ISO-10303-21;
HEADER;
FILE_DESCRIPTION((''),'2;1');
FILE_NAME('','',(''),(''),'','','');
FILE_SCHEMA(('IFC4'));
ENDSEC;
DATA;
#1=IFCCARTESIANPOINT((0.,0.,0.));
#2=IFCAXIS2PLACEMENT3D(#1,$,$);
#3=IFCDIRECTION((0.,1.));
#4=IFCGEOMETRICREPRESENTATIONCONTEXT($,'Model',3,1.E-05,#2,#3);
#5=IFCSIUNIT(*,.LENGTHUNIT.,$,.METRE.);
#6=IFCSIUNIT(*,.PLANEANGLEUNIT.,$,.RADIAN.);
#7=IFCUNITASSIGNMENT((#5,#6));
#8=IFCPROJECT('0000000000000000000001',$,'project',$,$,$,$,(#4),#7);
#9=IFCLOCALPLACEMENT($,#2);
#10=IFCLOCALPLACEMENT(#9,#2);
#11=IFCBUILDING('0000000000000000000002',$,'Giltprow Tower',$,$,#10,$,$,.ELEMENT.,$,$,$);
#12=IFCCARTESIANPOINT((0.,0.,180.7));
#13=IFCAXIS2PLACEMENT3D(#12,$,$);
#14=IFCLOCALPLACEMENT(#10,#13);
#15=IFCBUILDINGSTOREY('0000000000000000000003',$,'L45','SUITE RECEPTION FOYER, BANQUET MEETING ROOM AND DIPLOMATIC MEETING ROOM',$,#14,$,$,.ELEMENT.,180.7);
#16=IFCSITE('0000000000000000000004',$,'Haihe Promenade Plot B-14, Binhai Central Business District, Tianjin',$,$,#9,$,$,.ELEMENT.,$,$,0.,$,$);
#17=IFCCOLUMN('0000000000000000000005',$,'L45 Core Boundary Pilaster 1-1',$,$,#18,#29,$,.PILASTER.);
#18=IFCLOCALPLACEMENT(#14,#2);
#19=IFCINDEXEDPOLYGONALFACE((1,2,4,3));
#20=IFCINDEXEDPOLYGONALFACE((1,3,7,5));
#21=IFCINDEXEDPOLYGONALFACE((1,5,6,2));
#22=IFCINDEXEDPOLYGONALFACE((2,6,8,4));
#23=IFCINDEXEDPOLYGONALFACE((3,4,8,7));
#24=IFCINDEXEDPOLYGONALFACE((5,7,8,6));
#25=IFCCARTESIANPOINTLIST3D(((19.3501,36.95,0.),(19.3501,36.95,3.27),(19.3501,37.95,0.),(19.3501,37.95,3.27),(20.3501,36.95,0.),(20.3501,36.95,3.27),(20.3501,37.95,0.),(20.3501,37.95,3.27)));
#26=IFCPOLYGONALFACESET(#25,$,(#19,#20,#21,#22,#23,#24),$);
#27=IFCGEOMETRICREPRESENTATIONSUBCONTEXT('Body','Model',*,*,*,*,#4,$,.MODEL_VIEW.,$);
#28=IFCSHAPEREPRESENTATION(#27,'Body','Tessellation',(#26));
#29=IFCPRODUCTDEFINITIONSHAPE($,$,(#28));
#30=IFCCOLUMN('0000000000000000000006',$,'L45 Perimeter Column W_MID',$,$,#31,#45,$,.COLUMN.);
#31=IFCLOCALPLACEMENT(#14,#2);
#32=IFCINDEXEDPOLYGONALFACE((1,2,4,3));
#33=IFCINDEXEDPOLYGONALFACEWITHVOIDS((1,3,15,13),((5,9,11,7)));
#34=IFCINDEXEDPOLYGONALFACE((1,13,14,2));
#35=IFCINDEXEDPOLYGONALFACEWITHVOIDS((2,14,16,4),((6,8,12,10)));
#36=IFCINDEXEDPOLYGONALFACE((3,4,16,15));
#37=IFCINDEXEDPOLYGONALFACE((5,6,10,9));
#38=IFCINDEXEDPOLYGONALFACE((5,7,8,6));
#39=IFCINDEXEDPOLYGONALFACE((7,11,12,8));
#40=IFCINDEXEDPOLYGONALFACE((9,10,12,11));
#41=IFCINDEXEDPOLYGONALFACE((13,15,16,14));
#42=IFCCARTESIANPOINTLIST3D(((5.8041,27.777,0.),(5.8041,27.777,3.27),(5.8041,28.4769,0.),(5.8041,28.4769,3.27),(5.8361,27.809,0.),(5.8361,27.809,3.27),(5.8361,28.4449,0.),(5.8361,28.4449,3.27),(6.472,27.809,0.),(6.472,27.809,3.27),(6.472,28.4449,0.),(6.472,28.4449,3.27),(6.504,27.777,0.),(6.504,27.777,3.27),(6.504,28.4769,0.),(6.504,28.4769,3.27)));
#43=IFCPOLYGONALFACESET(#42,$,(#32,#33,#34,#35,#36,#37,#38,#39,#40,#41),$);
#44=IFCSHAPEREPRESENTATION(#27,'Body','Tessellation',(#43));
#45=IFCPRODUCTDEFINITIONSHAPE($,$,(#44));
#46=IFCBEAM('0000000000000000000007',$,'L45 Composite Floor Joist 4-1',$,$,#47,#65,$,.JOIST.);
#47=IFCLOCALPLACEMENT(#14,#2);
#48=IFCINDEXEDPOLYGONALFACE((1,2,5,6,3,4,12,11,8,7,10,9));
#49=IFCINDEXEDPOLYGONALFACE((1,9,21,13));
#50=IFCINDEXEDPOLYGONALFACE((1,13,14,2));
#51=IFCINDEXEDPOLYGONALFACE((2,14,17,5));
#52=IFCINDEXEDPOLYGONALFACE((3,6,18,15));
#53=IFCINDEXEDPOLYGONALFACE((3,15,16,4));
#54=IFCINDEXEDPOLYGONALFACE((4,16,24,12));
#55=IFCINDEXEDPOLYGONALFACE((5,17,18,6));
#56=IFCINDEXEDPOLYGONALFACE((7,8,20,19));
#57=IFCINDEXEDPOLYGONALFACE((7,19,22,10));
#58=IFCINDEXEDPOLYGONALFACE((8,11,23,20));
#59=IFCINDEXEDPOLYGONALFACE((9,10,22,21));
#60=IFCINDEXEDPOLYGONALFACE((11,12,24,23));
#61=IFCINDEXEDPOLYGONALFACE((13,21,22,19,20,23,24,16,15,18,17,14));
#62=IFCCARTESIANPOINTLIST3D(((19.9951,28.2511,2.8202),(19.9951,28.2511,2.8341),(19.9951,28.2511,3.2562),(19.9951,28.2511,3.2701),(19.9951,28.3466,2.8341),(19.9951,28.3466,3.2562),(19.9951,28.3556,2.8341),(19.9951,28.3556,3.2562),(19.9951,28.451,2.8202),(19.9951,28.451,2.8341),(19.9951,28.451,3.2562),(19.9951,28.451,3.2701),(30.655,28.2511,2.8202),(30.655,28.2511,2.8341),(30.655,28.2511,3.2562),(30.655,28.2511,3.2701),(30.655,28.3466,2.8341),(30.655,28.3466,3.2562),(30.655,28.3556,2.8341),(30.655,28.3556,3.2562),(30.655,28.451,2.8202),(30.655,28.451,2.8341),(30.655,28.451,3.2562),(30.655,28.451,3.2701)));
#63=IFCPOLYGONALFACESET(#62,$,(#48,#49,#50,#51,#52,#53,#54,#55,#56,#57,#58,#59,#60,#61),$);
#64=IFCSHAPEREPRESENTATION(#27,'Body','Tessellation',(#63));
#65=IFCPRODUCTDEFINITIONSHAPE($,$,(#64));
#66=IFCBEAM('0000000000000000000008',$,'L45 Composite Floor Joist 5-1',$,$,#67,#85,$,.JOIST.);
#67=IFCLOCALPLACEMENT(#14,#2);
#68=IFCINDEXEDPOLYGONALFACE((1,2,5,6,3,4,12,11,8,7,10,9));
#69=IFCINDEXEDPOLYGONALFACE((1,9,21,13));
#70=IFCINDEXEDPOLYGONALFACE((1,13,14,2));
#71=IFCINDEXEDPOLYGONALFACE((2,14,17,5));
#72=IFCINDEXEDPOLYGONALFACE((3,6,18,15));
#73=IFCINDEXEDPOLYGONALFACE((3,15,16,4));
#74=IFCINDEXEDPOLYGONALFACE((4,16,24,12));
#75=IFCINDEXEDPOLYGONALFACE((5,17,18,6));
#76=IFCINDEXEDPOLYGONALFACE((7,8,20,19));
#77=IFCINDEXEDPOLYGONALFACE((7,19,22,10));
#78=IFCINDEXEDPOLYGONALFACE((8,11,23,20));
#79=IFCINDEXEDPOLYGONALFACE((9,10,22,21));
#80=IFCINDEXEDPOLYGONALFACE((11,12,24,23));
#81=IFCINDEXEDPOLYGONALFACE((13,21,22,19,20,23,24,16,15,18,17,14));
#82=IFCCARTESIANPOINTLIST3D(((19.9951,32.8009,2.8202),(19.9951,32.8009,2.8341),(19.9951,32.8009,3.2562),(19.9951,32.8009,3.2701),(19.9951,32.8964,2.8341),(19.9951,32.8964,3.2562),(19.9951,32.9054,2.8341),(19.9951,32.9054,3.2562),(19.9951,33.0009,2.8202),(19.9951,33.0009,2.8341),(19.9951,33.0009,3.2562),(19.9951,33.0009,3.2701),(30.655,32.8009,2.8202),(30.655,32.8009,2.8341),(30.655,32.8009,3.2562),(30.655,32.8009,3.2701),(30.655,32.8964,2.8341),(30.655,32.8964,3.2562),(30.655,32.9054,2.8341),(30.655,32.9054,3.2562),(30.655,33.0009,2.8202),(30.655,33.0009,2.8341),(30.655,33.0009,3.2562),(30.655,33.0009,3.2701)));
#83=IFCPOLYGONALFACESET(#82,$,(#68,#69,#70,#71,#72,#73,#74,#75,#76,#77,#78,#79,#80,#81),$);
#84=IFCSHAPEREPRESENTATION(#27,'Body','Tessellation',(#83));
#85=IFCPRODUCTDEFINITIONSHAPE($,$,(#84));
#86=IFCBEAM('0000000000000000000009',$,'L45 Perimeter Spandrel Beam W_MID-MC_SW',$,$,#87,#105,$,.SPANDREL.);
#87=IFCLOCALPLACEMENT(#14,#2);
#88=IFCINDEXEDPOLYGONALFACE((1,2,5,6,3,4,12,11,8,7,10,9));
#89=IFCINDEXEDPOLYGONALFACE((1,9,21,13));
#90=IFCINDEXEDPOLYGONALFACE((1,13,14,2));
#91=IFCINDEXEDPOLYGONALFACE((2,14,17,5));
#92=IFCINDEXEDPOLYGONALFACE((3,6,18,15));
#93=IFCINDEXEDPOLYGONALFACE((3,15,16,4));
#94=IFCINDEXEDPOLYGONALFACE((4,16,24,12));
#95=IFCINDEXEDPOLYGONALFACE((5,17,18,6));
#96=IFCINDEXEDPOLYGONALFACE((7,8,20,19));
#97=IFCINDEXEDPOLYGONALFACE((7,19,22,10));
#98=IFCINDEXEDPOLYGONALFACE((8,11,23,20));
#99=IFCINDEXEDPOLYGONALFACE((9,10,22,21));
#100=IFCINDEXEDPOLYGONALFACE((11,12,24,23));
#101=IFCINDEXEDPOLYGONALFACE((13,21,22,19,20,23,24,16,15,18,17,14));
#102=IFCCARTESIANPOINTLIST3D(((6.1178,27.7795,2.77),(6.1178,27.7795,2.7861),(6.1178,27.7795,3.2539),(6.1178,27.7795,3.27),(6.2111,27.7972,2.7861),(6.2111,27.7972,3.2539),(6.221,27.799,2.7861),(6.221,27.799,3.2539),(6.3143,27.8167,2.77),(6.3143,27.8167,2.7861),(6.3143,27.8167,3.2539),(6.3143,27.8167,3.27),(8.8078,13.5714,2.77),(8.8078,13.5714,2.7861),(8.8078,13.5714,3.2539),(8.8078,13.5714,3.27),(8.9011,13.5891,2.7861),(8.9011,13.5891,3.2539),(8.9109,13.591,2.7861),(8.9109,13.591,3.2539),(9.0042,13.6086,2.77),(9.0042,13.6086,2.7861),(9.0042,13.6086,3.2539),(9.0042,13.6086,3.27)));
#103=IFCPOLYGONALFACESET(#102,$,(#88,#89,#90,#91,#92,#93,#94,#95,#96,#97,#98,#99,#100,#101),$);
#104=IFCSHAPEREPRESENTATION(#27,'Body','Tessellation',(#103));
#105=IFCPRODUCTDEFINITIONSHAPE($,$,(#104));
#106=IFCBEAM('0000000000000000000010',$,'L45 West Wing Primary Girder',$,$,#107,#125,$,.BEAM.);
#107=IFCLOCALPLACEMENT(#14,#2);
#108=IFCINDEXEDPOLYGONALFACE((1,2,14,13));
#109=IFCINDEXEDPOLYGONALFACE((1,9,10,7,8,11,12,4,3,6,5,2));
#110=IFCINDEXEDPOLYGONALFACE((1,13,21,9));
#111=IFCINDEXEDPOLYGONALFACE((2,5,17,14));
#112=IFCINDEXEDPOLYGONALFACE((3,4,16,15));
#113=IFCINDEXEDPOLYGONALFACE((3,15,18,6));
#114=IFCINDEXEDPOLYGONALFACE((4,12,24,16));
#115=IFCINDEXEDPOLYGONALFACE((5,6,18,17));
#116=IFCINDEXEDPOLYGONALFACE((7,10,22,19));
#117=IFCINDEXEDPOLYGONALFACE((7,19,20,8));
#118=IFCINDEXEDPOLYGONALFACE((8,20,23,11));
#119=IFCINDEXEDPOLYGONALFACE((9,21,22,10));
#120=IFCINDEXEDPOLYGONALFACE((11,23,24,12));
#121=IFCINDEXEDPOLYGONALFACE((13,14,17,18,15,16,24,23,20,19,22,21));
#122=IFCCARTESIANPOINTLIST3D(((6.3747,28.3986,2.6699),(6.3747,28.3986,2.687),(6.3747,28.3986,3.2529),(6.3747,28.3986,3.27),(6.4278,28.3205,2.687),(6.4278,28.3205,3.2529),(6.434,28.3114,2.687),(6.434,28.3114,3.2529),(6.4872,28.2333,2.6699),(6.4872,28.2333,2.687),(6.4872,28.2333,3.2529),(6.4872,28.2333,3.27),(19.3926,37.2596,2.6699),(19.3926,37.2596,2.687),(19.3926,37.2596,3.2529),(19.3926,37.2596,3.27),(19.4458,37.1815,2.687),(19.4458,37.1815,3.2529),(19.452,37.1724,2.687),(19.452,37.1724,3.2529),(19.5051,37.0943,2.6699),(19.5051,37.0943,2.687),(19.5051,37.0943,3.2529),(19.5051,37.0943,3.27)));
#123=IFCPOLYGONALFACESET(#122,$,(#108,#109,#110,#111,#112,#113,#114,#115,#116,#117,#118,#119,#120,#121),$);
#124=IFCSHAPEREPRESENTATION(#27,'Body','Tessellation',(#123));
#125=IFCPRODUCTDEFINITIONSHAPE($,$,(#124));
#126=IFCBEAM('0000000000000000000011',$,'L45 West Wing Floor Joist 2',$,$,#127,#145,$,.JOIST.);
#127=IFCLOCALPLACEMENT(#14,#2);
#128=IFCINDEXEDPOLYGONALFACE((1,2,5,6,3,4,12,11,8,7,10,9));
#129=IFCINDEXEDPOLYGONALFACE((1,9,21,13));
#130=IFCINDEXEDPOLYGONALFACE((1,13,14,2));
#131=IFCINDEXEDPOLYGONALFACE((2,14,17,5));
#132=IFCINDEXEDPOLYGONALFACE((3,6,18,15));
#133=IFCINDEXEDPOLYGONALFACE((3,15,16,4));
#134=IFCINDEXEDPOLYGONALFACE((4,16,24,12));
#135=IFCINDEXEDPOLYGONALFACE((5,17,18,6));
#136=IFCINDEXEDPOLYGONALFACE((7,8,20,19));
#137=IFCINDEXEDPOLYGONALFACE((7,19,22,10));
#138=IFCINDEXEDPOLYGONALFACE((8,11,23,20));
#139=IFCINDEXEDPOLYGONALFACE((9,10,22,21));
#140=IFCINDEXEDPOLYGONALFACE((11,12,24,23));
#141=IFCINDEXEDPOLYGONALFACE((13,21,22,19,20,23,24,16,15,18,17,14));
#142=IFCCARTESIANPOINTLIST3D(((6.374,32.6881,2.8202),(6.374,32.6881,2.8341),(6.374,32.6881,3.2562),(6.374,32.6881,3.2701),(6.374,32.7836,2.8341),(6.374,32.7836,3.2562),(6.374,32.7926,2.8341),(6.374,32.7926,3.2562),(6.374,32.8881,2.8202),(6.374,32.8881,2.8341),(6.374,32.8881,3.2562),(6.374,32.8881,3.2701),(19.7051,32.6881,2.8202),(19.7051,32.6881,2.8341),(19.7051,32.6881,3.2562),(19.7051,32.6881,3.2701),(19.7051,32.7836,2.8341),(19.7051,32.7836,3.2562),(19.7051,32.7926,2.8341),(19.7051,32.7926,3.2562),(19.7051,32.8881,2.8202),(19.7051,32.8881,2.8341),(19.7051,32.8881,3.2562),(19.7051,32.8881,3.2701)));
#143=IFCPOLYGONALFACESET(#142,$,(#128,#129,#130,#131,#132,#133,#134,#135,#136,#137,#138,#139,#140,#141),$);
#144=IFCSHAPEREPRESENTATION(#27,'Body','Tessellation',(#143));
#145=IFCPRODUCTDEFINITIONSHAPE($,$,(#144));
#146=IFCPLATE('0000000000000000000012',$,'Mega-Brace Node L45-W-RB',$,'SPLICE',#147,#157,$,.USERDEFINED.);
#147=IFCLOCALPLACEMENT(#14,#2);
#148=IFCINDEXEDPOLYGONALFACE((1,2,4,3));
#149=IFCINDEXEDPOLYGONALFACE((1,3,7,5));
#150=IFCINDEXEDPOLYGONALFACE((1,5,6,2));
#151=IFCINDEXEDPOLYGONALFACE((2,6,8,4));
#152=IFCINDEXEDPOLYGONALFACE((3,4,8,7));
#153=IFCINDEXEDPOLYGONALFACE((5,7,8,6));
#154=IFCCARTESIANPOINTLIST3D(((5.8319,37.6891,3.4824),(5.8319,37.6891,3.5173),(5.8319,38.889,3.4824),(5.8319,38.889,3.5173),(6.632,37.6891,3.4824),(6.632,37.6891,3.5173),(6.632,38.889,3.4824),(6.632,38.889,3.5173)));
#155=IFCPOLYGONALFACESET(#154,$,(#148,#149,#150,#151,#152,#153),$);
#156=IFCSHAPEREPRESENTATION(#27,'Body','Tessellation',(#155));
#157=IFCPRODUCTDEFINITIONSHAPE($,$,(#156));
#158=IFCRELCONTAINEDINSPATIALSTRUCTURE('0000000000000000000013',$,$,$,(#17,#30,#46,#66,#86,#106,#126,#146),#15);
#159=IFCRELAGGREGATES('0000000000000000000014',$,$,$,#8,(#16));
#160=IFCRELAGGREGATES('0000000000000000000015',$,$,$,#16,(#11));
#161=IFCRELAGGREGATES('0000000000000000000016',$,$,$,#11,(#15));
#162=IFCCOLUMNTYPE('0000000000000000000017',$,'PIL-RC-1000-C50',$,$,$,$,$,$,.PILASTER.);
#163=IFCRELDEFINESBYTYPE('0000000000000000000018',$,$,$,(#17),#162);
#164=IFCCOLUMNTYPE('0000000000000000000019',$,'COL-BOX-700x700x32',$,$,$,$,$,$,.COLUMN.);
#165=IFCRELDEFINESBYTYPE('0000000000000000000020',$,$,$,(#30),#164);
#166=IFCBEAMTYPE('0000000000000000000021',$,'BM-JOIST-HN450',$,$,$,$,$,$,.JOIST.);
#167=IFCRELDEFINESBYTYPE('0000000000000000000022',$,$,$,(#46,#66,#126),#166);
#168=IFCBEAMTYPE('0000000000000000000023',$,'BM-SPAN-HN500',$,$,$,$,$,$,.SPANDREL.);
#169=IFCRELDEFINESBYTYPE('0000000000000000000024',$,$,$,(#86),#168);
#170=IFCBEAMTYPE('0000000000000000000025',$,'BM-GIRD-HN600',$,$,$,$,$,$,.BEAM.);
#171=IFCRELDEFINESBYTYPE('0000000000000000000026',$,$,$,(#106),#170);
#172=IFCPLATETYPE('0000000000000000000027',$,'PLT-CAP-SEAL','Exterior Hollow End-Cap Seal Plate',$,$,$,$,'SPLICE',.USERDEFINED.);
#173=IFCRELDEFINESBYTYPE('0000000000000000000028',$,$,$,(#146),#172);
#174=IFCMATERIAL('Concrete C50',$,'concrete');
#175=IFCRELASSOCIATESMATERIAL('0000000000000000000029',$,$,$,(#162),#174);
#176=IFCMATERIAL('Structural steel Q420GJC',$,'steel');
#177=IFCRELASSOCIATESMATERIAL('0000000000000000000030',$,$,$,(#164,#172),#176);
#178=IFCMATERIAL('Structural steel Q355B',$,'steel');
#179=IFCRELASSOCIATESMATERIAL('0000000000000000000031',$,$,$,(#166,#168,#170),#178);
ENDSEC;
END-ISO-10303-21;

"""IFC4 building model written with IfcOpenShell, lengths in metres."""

from ifc_helpers import new_model, si_unit, direction, frame, origin, origin_2d, place, context, subcontext, project, spatial, rectangle, hollow_rectangle, i_section, extrude, source, transform, mapped, material, material_profile, profile_set, type_object, element, save


model = new_model("IFC4")

# Units and contexts
model_context = context("Model", 3, precision=1e-05, world=origin(), true_north=direction((0.0, 1.0)))
body_context = subcontext(model_context, "Body", "Model", "MODEL_VIEW")
ifc_project = project(units=[si_unit("LENGTHUNIT", "METRE"), si_unit("PLANEANGLEUNIT", "RADIAN")], contexts=[model_context])

# Site, building, storey
site_placement = place(None, origin())
site = spatial("IfcSite", under=ifc_project, at=site_placement, Name="Haihe Promenade Plot B-14, Binhai Central Business District, Tianjin", CompositionType="ELEMENT", RefElevation=0.0)
building_placement = place(site_placement, origin())
building = spatial("IfcBuilding", under=site, at=building_placement, Name="Giltprow Tower", CompositionType="ELEMENT")
storey_placement = place(building_placement, frame((0.0, 0.0, 180.7)))
storey = spatial("IfcBuildingStorey", under=building, at=storey_placement, Name="L45", Description="SUITE RECEPTION FOYER, BANQUET MEETING ROOM AND DIPLOMATIC MEETING ROOM", CompositionType="ELEMENT", Elevation=180.7)

# Columns
ifc_material_1 = material(Name="Concrete C50", Category="concrete")
ifc_material_profile_1 = material_profile(ifc_material_1, rectangle(XDim=1.0, YDim=1.0, at=origin_2d()), Name="RC 1000x1000")
ifc_profile_set_1 = profile_set([ifc_material_profile_1], Name="Concrete C50")
column_type_1 = type_object("IfcColumnType", Name="PIL-RC-1000-C50", PredefinedType="PILASTER", material=ifc_profile_set_1)
shared_shape_1 = source(origin(), body_context, "Body", "SweptSolid", [
    extrude(rectangle(XDim=1.0, YDim=1.0, at=origin_2d()), origin(), (0.0, 0.0, 1.0), 3.27),
])
column_1_placement = place(storey_placement, frame((19.8501, 37.45, 0.0), z_axis=(0.0, 0.0, 1.0), x_axis=(1.0, 0.0, 0.0)))
element("IfcColumn", 1, at=column_1_placement, inside=storey, type_object=column_type_1, Name="L45 Core Boundary Pilaster 1-1", PredefinedType="PILASTER", context=body_context, shape_type="MappedRepresentation", body=[
    mapped(shared_shape_1, transform((0.0, 0.0, 0.0), x_axis=(1.0, 0.0, 0.0), y_axis=(0.0, 1.0, 0.0), z_axis=(0.0, 0.0, 1.0), scale=1.0)),
])
ifc_material_2 = material(Name="Structural steel Q420GJC", Category="steel")
ifc_material_profile_2 = material_profile(ifc_material_2, hollow_rectangle(XDim=0.7, YDim=0.7, WallThickness=0.032, at=origin_2d()), Name="BOX 700x700x32")
ifc_profile_set_2 = profile_set([ifc_material_profile_2], Name="Structural steel Q420GJC")
column_type_2 = type_object("IfcColumnType", Name="COL-BOX-700x700x32", PredefinedType="COLUMN", material=ifc_profile_set_2)
shared_shape_2 = source(origin(), body_context, "Body", "SweptSolid", [
    extrude(hollow_rectangle(XDim=0.7, YDim=0.7, WallThickness=0.032, at=origin_2d()), origin(), (0.0, 0.0, 1.0), 3.27),
])
column_2_placement = place(storey_placement, frame((6.1541, 28.127, 0.0), z_axis=(0.0, 0.0, 1.0), x_axis=(1.0, 0.0, 0.0)))
element("IfcColumn", 2, at=column_2_placement, inside=storey, type_object=column_type_2, Name="L45 Perimeter Column W_MID", PredefinedType="COLUMN", context=body_context, shape_type="MappedRepresentation", body=[
    mapped(shared_shape_2, transform((0.0, 0.0, 0.0), x_axis=(1.0, 0.0, 0.0), y_axis=(0.0, 1.0, 0.0), z_axis=(0.0, 0.0, 1.0), scale=1.0)),
])

# Beams
ifc_material_3 = material(Name="Structural steel Q355B", Category="steel")
ifc_material_profile_3 = material_profile(ifc_material_3, i_section(OverallWidth=0.2, OverallDepth=0.45, WebThickness=0.009, FlangeThickness=0.0139, at=origin_2d()), Name="HN 450x200x9x14")
ifc_profile_set_3 = profile_set([ifc_material_profile_3], Name="Structural steel Q355B")
beam_type_1 = type_object("IfcBeamType", Name="BM-JOIST-HN450", PredefinedType="JOIST", material=ifc_profile_set_3)
shared_shape_3 = source(origin(), body_context, "Body", "SweptSolid", [
    extrude(i_section(OverallWidth=0.2, OverallDepth=0.45, WebThickness=0.009, FlangeThickness=0.0139, at=origin_2d()), origin(), (0.0, 0.0, 1.0), 10.6599),
])
for number, where, z_axis, x_axis, name in (
    (3, (19.9951, 28.3511, 3.0452), (1.0, 0.0, 0.0), (0.0, 1.0, 0.0), "L45 Composite Floor Joist 4-1"),
    (4, (19.9951, 32.9009, 3.0452), (1.0, 0.0, 0.0), (0.0, 1.0, 0.0), "L45 Composite Floor Joist 5-1"),
):
    element("IfcBeam", number, at=place(storey_placement, frame(where, z_axis=z_axis, x_axis=x_axis)), inside=storey, type_object=beam_type_1, Name=name, PredefinedType="JOIST", context=body_context, shape_type="MappedRepresentation", body=[
        mapped(shared_shape_3, transform((0.0, 0.0, 0.0), x_axis=(1.0, 0.0, 0.0), y_axis=(0.0, 1.0, 0.0), z_axis=(0.0, 0.0, 1.0), scale=1.0)),
    ])
ifc_material_profile_4 = material_profile(ifc_material_3, i_section(OverallWidth=0.2, OverallDepth=0.5, WebThickness=0.01, FlangeThickness=0.0161, at=origin_2d()), Name="HN 500x200x10x16")
ifc_profile_set_4 = profile_set([ifc_material_profile_4], Name="Structural steel Q355B")
beam_type_2 = type_object("IfcBeamType", Name="BM-SPAN-HN500", PredefinedType="SPANDREL", material=ifc_profile_set_4)
shared_shape_4 = source(origin(), body_context, "Body", "SweptSolid", [
    extrude(i_section(OverallWidth=0.2, OverallDepth=0.5, WebThickness=0.01, FlangeThickness=0.0161, at=origin_2d()), origin(), (0.0, 0.0, 1.0), 14.4604),
])
beam_1_placement = place(storey_placement, frame((6.2161, 27.7981, 3.02), z_axis=(0.186021, -0.982546, 0.0), x_axis=(0.982546, 0.186021, 0.0)))
element("IfcBeam", 5, at=beam_1_placement, inside=storey, type_object=beam_type_2, Name="L45 Perimeter Spandrel Beam W_MID-MC_SW", PredefinedType="SPANDREL", context=body_context, shape_type="MappedRepresentation", body=[
    mapped(shared_shape_4, transform((0.0, 0.0, 0.0), x_axis=(1.0, 0.0, 0.0), y_axis=(0.0, 1.0, 0.0), z_axis=(0.0, 0.0, 1.0), scale=1.0)),
])
ifc_material_profile_5 = material_profile(ifc_material_3, i_section(OverallWidth=0.2, OverallDepth=0.6001, WebThickness=0.011, FlangeThickness=0.0171, at=origin_2d()), Name="HN 600x200x11x17")
ifc_profile_set_5 = profile_set([ifc_material_profile_5], Name="Structural steel Q355B")
beam_type_3 = type_object("IfcBeamType", Name="BM-GIRD-HN600", PredefinedType="BEAM", material=ifc_profile_set_5)
shared_shape_5 = source(origin(), body_context, "Body", "SweptSolid", [
    extrude(i_section(OverallWidth=0.2, OverallDepth=0.6001, WebThickness=0.011, FlangeThickness=0.0171, at=origin_2d()), origin(), (0.0, 0.0, 1.0), 15.7476),
])
beam_2_placement = place(storey_placement, frame((6.4309, 28.3159, 2.97), z_axis=(0.826667, 0.562692, 0.0), x_axis=(-0.562692, 0.826667, 0.0)))
element("IfcBeam", 6, at=beam_2_placement, inside=storey, type_object=beam_type_3, Name="L45 West Wing Primary Girder", PredefinedType="BEAM", context=body_context, shape_type="MappedRepresentation", body=[
    mapped(shared_shape_5, transform((0.0, 0.0, 0.0), x_axis=(1.0, 0.0, 0.0), y_axis=(0.0, 1.0, 0.0), z_axis=(0.0, 0.0, 1.0), scale=1.0)),
])
shared_shape_6 = source(origin(), body_context, "Body", "SweptSolid", [
    extrude(i_section(OverallWidth=0.2, OverallDepth=0.45, WebThickness=0.009, FlangeThickness=0.0139, at=origin_2d()), origin(), (0.0, 0.0, 1.0), 13.3311),
])
beam_3_placement = place(storey_placement, frame((6.374, 32.7881, 3.0452), z_axis=(1.0, 0.0, 0.0), x_axis=(0.0, 1.0, 0.0)))
element("IfcBeam", 7, at=beam_3_placement, inside=storey, type_object=beam_type_1, Name="L45 West Wing Floor Joist 2", PredefinedType="JOIST", context=body_context, shape_type="MappedRepresentation", body=[
    mapped(shared_shape_6, transform((0.0, 0.0, 0.0), x_axis=(1.0, 0.0, 0.0), y_axis=(0.0, 1.0, 0.0), z_axis=(0.0, 0.0, 1.0), scale=1.0)),
])

# Plate
plate_type = type_object("IfcPlateType", Name="PLT-CAP-SEAL", Description="Exterior Hollow End-Cap Seal Plate", ElementType="SPLICE", PredefinedType="USERDEFINED", material=ifc_material_2)
shared_shape_7 = source(origin(), body_context, "Body", "SweptSolid", [
    extrude(rectangle(XDim=1.2, YDim=0.8, at=origin_2d()), origin(), (0.0, 0.0, 1.0), 0.0349),
])
plate_placement = place(storey_placement, frame((6.2319, 38.2891, 3.4824), z_axis=(0.0, 0.0, 1.0), x_axis=(0.0, 1.0, 0.0)))
element("IfcPlate", 8, at=plate_placement, inside=storey, type_object=plate_type, Name="Mega-Brace Node L45-W-RB", ObjectType="SPLICE", PredefinedType="USERDEFINED", context=body_context, shape_type="MappedRepresentation", body=[
    mapped(shared_shape_7, transform((0.0, 0.0, 0.0), x_axis=(1.0, 0.0, 0.0), y_axis=(0.0, 1.0, 0.0), z_axis=(0.0, 0.0, 1.0), scale=1.0)),
])

save(model, "model.ifc")
